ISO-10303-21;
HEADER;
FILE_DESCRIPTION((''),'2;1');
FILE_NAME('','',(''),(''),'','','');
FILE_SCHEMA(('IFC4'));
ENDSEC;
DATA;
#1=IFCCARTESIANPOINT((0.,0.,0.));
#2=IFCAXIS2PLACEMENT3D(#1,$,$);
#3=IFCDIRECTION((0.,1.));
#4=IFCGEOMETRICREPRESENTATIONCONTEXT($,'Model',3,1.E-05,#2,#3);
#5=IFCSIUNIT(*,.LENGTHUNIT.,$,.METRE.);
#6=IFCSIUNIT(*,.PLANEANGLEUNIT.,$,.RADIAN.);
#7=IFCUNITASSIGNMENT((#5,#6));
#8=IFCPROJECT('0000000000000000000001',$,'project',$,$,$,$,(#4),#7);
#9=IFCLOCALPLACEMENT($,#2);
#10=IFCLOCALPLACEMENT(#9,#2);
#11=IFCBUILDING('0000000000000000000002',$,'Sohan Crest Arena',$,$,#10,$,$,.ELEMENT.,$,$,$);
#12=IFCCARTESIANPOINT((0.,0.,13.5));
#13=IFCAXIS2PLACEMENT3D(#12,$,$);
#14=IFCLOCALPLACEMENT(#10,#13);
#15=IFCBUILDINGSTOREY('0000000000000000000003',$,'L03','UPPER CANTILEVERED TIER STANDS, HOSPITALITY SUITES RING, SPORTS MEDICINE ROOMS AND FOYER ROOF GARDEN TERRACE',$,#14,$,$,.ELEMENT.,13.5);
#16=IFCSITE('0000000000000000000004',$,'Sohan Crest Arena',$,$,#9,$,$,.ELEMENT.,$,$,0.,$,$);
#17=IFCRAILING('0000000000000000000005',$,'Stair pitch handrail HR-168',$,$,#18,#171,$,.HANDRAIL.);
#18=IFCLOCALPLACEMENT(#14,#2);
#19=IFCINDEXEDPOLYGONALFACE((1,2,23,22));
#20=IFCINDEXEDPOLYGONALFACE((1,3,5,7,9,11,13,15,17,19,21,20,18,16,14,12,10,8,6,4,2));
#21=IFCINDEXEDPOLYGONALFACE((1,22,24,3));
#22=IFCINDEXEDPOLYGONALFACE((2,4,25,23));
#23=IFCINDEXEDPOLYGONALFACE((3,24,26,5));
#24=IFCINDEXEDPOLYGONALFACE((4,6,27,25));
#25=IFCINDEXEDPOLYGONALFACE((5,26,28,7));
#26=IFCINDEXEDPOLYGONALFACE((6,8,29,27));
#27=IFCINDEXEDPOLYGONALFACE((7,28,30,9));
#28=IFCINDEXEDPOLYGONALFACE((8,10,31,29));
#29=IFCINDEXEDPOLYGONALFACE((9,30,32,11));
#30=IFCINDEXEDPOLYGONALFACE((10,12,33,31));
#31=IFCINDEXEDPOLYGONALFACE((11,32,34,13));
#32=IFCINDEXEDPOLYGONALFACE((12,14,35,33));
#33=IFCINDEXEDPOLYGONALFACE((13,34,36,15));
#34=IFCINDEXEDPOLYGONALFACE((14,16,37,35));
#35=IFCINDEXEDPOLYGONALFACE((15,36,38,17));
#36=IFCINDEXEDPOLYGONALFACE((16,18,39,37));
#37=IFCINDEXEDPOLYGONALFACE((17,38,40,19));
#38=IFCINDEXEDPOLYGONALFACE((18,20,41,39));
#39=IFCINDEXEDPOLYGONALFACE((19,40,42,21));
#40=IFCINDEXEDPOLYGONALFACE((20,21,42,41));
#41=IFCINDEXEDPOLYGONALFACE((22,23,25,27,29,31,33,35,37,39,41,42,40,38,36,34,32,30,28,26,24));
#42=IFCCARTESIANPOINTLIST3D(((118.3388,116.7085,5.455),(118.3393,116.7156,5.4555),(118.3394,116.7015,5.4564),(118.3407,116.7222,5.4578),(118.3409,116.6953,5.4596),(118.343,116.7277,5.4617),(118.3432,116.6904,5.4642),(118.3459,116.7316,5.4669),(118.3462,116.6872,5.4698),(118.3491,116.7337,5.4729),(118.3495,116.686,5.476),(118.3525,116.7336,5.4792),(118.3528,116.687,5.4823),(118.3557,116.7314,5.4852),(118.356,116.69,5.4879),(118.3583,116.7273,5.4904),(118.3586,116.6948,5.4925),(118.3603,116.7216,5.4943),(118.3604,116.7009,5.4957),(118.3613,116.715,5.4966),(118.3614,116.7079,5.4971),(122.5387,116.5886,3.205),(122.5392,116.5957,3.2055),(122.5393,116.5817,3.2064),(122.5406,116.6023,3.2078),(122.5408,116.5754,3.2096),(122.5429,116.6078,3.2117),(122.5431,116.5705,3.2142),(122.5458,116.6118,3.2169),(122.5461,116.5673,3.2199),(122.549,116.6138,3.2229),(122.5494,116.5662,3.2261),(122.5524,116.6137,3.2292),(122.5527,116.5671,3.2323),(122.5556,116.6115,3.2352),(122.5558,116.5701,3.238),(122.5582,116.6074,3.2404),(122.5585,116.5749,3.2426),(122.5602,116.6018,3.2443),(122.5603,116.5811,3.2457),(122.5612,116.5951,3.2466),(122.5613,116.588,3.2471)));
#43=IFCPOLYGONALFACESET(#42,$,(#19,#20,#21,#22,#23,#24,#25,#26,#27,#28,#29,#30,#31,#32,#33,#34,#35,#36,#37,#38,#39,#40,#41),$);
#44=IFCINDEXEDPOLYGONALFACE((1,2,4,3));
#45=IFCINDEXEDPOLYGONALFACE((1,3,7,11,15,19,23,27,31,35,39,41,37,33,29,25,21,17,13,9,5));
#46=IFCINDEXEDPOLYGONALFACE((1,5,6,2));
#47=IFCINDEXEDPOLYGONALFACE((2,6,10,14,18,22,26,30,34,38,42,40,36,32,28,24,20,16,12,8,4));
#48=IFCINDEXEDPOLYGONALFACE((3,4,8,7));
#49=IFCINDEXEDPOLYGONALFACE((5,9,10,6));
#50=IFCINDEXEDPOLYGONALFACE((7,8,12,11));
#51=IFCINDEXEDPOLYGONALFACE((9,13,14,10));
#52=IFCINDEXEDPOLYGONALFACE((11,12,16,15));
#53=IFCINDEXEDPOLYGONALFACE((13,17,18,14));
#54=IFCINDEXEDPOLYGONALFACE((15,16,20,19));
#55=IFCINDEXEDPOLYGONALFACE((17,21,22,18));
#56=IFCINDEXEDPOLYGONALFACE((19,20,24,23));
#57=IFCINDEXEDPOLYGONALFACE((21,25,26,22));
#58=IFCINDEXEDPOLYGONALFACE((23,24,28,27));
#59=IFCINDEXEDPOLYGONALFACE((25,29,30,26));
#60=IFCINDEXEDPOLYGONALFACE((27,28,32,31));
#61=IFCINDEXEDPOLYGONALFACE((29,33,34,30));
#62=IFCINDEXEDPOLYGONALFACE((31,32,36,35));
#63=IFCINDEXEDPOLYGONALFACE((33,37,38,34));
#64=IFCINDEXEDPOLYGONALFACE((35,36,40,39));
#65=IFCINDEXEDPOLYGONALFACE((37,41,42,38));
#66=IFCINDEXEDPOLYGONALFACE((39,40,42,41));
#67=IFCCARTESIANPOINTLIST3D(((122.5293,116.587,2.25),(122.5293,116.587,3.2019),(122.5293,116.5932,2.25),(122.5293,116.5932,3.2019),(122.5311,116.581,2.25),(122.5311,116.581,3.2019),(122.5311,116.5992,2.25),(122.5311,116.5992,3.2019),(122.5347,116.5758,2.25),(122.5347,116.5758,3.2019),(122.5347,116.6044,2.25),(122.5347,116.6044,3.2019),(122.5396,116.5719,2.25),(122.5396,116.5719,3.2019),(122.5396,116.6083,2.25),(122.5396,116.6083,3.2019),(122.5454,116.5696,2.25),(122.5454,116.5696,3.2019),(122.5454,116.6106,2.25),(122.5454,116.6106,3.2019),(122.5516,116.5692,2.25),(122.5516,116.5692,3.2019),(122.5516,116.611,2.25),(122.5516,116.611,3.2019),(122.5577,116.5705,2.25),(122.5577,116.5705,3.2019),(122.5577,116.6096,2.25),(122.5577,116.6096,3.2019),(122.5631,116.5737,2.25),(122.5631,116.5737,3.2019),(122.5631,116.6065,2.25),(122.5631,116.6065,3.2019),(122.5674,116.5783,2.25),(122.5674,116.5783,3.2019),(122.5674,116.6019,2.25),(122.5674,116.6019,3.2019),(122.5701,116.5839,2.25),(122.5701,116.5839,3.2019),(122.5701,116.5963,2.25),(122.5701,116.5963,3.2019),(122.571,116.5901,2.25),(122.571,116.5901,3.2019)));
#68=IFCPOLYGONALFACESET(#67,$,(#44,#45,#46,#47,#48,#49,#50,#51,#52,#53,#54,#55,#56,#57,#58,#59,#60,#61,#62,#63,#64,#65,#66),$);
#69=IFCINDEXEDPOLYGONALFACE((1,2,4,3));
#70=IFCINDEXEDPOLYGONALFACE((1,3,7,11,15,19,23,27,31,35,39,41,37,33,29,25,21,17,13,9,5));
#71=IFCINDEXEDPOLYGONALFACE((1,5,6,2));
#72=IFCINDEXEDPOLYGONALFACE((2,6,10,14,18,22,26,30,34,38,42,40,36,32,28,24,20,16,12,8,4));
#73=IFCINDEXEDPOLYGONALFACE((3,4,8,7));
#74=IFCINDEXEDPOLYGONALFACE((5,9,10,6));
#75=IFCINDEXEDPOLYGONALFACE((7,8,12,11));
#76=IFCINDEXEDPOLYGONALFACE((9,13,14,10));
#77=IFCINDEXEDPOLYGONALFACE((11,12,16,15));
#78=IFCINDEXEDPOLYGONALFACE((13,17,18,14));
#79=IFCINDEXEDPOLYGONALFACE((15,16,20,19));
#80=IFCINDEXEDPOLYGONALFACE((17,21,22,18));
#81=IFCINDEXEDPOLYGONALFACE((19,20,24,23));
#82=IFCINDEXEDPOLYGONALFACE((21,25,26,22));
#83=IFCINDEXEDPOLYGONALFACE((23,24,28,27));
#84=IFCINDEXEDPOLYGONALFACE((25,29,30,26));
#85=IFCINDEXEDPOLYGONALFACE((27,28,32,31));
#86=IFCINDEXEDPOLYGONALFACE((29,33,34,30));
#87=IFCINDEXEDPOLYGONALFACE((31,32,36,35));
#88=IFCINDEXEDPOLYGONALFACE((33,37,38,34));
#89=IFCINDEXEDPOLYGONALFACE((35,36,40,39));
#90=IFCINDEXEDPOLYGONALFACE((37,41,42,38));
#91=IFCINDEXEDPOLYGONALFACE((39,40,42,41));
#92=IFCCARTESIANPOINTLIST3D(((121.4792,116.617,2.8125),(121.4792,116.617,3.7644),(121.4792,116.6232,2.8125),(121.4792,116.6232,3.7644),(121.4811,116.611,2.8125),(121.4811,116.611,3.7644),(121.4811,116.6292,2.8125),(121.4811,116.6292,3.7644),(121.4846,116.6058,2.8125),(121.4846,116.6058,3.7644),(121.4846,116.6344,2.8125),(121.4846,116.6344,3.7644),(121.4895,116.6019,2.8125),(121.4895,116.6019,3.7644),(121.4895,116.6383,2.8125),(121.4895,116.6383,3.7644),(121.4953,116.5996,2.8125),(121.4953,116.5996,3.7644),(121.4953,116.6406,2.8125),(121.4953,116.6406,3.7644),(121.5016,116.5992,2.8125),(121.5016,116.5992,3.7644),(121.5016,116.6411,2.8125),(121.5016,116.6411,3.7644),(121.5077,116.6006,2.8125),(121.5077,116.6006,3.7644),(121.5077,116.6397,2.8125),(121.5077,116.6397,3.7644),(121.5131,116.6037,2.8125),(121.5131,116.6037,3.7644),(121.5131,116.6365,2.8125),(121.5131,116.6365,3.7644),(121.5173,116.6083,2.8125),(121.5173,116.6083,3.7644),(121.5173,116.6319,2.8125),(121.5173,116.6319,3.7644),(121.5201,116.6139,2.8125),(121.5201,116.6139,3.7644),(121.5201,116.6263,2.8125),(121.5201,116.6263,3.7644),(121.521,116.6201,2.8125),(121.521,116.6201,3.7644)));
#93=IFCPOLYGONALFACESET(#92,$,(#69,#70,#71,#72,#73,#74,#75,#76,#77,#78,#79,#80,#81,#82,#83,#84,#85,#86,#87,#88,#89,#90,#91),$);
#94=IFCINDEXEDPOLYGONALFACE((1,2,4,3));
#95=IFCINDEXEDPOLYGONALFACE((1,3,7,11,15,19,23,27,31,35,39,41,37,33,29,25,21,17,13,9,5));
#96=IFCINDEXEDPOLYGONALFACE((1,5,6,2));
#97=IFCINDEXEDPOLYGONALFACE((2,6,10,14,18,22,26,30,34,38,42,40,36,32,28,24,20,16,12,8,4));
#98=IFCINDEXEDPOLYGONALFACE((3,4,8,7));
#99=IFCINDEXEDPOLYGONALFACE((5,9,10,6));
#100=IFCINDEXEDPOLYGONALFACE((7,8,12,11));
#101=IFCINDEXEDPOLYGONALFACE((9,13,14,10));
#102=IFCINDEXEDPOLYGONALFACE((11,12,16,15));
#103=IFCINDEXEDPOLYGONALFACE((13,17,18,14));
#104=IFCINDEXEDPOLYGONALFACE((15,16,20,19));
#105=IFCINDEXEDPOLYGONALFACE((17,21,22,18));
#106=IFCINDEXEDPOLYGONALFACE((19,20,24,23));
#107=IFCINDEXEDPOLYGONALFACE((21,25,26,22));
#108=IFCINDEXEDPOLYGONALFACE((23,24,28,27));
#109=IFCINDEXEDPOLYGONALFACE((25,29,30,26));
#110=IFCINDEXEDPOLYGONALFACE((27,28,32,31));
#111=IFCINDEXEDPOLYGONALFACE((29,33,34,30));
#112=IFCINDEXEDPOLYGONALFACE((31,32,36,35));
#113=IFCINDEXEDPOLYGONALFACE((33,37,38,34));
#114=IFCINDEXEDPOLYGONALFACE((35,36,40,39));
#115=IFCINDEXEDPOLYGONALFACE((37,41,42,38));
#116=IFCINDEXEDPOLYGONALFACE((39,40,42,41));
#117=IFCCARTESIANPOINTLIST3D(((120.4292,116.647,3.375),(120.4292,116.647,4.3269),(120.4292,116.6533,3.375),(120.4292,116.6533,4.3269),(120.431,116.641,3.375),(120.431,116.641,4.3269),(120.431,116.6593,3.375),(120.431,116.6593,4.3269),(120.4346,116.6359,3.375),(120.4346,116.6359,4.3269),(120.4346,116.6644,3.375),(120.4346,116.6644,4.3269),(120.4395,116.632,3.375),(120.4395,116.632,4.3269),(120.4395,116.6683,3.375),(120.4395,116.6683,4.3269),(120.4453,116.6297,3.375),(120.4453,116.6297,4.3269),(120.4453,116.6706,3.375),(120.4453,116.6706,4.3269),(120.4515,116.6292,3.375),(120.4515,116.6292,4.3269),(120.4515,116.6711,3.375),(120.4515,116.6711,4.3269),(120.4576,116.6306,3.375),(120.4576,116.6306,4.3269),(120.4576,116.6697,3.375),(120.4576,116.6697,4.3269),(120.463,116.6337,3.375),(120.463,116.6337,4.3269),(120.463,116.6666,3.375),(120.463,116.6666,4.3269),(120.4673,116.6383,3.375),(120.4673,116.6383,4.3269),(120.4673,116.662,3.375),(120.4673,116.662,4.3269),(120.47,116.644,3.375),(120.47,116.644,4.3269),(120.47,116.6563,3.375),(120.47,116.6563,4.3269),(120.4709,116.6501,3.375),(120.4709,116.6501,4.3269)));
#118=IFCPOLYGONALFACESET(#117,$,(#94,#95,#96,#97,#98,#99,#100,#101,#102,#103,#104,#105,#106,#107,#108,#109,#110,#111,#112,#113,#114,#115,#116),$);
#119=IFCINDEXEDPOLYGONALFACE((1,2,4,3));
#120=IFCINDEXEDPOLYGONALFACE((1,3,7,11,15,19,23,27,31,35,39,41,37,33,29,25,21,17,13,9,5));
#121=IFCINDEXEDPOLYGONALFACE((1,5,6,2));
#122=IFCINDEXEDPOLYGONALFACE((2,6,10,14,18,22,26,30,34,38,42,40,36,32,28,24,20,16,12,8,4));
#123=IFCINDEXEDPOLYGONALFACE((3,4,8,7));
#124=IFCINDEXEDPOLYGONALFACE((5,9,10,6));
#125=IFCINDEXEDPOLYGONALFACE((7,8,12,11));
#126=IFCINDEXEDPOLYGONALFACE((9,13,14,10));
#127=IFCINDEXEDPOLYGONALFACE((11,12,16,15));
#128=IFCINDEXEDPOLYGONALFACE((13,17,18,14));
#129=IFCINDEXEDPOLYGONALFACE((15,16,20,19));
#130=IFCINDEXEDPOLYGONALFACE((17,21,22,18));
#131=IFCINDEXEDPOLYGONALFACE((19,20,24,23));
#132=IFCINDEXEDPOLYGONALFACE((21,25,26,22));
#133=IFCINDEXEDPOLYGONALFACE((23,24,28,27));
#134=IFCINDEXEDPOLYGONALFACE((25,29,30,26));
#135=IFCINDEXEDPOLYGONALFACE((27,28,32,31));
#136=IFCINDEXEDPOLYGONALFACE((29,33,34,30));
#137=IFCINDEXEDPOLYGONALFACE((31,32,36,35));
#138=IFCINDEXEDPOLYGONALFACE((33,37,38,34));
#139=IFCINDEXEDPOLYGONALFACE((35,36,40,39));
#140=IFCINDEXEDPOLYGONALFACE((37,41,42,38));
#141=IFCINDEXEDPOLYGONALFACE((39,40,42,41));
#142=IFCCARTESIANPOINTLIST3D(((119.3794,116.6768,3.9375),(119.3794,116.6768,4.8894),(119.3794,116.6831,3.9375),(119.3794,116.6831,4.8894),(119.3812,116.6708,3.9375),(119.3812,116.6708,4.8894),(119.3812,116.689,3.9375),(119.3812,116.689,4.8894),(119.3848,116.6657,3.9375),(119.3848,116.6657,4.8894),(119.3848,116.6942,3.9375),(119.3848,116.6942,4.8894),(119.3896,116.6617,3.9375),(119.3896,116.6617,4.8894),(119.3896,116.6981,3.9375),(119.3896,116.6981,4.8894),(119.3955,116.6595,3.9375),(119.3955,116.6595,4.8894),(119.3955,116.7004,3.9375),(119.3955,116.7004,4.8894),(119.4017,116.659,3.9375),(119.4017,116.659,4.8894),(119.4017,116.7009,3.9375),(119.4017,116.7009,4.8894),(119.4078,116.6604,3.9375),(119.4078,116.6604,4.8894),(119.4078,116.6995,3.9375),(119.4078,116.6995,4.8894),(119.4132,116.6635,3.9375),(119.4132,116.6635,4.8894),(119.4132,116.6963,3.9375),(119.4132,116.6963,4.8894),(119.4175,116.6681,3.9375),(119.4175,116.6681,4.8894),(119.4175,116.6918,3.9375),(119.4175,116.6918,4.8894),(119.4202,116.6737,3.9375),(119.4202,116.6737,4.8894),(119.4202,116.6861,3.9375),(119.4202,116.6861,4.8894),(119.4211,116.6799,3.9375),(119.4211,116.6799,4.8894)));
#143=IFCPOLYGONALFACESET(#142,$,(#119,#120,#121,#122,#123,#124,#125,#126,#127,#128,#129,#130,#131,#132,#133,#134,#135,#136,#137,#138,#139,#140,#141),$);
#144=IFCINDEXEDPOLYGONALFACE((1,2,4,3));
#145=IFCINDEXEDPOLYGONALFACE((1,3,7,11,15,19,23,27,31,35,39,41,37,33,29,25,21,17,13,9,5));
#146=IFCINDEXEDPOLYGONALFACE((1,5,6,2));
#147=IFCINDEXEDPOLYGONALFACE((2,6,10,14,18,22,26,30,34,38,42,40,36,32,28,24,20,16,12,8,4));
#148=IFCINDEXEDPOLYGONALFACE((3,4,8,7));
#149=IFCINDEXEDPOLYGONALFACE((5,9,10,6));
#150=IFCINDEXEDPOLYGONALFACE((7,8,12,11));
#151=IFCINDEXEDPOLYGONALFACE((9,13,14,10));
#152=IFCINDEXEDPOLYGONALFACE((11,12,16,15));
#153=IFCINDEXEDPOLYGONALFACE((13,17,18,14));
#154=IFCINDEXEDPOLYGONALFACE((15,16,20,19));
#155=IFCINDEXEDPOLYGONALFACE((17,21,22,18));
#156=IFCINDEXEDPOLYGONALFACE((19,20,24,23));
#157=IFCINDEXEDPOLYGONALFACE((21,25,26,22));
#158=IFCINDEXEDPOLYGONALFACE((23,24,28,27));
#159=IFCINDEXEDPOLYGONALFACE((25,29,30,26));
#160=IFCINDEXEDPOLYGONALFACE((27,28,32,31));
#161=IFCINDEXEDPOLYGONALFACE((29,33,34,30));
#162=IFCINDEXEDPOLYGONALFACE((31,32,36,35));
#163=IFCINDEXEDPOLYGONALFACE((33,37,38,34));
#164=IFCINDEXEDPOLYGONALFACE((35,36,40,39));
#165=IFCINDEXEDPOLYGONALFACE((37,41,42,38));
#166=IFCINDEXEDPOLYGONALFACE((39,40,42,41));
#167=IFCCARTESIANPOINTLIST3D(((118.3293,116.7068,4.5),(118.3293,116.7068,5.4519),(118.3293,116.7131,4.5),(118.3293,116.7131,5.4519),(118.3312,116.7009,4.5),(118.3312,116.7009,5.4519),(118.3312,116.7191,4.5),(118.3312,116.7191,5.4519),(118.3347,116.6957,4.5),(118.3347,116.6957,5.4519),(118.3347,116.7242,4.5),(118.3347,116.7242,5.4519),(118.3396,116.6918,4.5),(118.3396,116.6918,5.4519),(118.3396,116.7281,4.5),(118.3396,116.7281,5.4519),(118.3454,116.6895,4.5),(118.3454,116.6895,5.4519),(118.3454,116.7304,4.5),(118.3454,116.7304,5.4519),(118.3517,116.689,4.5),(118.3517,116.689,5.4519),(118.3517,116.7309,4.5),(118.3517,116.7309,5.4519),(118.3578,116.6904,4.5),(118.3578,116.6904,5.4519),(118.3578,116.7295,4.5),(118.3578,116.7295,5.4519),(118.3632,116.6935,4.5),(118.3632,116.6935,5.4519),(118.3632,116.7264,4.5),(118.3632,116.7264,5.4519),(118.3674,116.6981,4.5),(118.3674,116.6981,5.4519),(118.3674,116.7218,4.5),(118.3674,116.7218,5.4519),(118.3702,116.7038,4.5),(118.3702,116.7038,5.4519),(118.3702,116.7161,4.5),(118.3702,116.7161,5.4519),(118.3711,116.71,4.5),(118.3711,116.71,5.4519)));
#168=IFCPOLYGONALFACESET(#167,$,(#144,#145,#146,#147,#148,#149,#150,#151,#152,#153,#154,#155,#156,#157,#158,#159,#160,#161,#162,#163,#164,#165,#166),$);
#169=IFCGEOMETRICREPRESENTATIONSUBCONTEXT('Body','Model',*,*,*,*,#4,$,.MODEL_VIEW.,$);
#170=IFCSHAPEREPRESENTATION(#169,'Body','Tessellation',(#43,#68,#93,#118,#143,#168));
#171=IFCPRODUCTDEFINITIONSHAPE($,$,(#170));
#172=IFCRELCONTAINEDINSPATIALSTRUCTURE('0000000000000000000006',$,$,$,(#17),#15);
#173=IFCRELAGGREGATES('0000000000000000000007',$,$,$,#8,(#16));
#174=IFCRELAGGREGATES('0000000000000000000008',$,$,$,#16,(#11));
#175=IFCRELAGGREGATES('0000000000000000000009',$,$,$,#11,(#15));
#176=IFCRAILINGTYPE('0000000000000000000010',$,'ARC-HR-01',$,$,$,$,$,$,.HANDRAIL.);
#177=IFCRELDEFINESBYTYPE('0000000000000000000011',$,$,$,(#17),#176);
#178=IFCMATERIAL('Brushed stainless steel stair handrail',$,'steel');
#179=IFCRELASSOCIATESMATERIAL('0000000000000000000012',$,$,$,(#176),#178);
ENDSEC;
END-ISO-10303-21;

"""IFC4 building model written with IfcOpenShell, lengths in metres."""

from ifc_helpers import new_model, si_unit, direction, frame, origin, origin_2d, place, context, subcontext, project, spatial, circle, extrude, material, type_object, element, save


model = new_model("IFC4")

# Units and contexts
model_context = context("Model", 3, precision=1e-05, world=origin(), true_north=direction((0.0, 1.0)))
body_context = subcontext(model_context, "Body", "Model", "MODEL_VIEW")
ifc_project = project(units=[si_unit("LENGTHUNIT", "METRE"), si_unit("PLANEANGLEUNIT", "RADIAN")], contexts=[model_context])

# Site, building, storey
site_placement = place(None, origin())
site = spatial("IfcSite", under=ifc_project, at=site_placement, Name="Sohan Crest Arena", CompositionType="ELEMENT", RefElevation=0.0)
building_placement = place(site_placement, origin())
building = spatial("IfcBuilding", under=site, at=building_placement, Name="Sohan Crest Arena", CompositionType="ELEMENT")
storey_placement = place(building_placement, frame((0.0, 0.0, 13.5)))
storey = spatial("IfcBuildingStorey", under=building, at=storey_placement, Name="L03", Description="UPPER CANTILEVERED TIER STANDS, HOSPITALITY SUITES RING, SPORTS MEDICINE ROOMS AND FOYER ROOF GARDEN TERRACE", CompositionType="ELEMENT", Elevation=13.5)

# Railing
ifc_material_1 = material(Name="Brushed stainless steel stair handrail", Category="steel")
railing_type_1 = type_object("IfcRailingType", Name="ARC-HR-01", PredefinedType="HANDRAIL", material=ifc_material_1)
railing_1_placement = place(storey_placement, frame((122.55, 116.5901, 2.25)))
element("IfcRailing", 1, at=railing_1_placement, inside=storey, type_object=railing_type_1, Name="Stair pitch handrail HR-168", PredefinedType="HANDRAIL", context=body_context, shape_type="SweptSolid", body=[
    extrude(circle(Radius=0.0239, at=origin_2d()), frame((0.0, 0.0, 0.9761), z_axis=(-0.881199, 0.025151, 0.472076), x_axis=(-0.02853, -0.999593, 0.0)), (0.0, 0.0, 1.0), 4.7661),
    extrude(circle(Radius=0.021, at=origin_2d()), origin(), (0.0, 0.0, 1.0), 0.9519),
    extrude(circle(Radius=0.021, at=origin_2d()), frame((-1.05, 0.03, 0.5625)), (0.0, 0.0, 1.0), 0.9519),
    extrude(circle(Radius=0.021, at=origin_2d()), frame((-2.1001, 0.0601, 1.125)), (0.0, 0.0, 1.0), 0.9519),
    extrude(circle(Radius=0.021, at=origin_2d()), frame((-3.1499, 0.0898, 1.6875)), (0.0, 0.0, 1.0), 0.9519),
    extrude(circle(Radius=0.021, at=origin_2d()), frame((-4.2, 0.1199, 2.25)), (0.0, 0.0, 1.0), 0.9519),
])

save(model, "model.ifc")
